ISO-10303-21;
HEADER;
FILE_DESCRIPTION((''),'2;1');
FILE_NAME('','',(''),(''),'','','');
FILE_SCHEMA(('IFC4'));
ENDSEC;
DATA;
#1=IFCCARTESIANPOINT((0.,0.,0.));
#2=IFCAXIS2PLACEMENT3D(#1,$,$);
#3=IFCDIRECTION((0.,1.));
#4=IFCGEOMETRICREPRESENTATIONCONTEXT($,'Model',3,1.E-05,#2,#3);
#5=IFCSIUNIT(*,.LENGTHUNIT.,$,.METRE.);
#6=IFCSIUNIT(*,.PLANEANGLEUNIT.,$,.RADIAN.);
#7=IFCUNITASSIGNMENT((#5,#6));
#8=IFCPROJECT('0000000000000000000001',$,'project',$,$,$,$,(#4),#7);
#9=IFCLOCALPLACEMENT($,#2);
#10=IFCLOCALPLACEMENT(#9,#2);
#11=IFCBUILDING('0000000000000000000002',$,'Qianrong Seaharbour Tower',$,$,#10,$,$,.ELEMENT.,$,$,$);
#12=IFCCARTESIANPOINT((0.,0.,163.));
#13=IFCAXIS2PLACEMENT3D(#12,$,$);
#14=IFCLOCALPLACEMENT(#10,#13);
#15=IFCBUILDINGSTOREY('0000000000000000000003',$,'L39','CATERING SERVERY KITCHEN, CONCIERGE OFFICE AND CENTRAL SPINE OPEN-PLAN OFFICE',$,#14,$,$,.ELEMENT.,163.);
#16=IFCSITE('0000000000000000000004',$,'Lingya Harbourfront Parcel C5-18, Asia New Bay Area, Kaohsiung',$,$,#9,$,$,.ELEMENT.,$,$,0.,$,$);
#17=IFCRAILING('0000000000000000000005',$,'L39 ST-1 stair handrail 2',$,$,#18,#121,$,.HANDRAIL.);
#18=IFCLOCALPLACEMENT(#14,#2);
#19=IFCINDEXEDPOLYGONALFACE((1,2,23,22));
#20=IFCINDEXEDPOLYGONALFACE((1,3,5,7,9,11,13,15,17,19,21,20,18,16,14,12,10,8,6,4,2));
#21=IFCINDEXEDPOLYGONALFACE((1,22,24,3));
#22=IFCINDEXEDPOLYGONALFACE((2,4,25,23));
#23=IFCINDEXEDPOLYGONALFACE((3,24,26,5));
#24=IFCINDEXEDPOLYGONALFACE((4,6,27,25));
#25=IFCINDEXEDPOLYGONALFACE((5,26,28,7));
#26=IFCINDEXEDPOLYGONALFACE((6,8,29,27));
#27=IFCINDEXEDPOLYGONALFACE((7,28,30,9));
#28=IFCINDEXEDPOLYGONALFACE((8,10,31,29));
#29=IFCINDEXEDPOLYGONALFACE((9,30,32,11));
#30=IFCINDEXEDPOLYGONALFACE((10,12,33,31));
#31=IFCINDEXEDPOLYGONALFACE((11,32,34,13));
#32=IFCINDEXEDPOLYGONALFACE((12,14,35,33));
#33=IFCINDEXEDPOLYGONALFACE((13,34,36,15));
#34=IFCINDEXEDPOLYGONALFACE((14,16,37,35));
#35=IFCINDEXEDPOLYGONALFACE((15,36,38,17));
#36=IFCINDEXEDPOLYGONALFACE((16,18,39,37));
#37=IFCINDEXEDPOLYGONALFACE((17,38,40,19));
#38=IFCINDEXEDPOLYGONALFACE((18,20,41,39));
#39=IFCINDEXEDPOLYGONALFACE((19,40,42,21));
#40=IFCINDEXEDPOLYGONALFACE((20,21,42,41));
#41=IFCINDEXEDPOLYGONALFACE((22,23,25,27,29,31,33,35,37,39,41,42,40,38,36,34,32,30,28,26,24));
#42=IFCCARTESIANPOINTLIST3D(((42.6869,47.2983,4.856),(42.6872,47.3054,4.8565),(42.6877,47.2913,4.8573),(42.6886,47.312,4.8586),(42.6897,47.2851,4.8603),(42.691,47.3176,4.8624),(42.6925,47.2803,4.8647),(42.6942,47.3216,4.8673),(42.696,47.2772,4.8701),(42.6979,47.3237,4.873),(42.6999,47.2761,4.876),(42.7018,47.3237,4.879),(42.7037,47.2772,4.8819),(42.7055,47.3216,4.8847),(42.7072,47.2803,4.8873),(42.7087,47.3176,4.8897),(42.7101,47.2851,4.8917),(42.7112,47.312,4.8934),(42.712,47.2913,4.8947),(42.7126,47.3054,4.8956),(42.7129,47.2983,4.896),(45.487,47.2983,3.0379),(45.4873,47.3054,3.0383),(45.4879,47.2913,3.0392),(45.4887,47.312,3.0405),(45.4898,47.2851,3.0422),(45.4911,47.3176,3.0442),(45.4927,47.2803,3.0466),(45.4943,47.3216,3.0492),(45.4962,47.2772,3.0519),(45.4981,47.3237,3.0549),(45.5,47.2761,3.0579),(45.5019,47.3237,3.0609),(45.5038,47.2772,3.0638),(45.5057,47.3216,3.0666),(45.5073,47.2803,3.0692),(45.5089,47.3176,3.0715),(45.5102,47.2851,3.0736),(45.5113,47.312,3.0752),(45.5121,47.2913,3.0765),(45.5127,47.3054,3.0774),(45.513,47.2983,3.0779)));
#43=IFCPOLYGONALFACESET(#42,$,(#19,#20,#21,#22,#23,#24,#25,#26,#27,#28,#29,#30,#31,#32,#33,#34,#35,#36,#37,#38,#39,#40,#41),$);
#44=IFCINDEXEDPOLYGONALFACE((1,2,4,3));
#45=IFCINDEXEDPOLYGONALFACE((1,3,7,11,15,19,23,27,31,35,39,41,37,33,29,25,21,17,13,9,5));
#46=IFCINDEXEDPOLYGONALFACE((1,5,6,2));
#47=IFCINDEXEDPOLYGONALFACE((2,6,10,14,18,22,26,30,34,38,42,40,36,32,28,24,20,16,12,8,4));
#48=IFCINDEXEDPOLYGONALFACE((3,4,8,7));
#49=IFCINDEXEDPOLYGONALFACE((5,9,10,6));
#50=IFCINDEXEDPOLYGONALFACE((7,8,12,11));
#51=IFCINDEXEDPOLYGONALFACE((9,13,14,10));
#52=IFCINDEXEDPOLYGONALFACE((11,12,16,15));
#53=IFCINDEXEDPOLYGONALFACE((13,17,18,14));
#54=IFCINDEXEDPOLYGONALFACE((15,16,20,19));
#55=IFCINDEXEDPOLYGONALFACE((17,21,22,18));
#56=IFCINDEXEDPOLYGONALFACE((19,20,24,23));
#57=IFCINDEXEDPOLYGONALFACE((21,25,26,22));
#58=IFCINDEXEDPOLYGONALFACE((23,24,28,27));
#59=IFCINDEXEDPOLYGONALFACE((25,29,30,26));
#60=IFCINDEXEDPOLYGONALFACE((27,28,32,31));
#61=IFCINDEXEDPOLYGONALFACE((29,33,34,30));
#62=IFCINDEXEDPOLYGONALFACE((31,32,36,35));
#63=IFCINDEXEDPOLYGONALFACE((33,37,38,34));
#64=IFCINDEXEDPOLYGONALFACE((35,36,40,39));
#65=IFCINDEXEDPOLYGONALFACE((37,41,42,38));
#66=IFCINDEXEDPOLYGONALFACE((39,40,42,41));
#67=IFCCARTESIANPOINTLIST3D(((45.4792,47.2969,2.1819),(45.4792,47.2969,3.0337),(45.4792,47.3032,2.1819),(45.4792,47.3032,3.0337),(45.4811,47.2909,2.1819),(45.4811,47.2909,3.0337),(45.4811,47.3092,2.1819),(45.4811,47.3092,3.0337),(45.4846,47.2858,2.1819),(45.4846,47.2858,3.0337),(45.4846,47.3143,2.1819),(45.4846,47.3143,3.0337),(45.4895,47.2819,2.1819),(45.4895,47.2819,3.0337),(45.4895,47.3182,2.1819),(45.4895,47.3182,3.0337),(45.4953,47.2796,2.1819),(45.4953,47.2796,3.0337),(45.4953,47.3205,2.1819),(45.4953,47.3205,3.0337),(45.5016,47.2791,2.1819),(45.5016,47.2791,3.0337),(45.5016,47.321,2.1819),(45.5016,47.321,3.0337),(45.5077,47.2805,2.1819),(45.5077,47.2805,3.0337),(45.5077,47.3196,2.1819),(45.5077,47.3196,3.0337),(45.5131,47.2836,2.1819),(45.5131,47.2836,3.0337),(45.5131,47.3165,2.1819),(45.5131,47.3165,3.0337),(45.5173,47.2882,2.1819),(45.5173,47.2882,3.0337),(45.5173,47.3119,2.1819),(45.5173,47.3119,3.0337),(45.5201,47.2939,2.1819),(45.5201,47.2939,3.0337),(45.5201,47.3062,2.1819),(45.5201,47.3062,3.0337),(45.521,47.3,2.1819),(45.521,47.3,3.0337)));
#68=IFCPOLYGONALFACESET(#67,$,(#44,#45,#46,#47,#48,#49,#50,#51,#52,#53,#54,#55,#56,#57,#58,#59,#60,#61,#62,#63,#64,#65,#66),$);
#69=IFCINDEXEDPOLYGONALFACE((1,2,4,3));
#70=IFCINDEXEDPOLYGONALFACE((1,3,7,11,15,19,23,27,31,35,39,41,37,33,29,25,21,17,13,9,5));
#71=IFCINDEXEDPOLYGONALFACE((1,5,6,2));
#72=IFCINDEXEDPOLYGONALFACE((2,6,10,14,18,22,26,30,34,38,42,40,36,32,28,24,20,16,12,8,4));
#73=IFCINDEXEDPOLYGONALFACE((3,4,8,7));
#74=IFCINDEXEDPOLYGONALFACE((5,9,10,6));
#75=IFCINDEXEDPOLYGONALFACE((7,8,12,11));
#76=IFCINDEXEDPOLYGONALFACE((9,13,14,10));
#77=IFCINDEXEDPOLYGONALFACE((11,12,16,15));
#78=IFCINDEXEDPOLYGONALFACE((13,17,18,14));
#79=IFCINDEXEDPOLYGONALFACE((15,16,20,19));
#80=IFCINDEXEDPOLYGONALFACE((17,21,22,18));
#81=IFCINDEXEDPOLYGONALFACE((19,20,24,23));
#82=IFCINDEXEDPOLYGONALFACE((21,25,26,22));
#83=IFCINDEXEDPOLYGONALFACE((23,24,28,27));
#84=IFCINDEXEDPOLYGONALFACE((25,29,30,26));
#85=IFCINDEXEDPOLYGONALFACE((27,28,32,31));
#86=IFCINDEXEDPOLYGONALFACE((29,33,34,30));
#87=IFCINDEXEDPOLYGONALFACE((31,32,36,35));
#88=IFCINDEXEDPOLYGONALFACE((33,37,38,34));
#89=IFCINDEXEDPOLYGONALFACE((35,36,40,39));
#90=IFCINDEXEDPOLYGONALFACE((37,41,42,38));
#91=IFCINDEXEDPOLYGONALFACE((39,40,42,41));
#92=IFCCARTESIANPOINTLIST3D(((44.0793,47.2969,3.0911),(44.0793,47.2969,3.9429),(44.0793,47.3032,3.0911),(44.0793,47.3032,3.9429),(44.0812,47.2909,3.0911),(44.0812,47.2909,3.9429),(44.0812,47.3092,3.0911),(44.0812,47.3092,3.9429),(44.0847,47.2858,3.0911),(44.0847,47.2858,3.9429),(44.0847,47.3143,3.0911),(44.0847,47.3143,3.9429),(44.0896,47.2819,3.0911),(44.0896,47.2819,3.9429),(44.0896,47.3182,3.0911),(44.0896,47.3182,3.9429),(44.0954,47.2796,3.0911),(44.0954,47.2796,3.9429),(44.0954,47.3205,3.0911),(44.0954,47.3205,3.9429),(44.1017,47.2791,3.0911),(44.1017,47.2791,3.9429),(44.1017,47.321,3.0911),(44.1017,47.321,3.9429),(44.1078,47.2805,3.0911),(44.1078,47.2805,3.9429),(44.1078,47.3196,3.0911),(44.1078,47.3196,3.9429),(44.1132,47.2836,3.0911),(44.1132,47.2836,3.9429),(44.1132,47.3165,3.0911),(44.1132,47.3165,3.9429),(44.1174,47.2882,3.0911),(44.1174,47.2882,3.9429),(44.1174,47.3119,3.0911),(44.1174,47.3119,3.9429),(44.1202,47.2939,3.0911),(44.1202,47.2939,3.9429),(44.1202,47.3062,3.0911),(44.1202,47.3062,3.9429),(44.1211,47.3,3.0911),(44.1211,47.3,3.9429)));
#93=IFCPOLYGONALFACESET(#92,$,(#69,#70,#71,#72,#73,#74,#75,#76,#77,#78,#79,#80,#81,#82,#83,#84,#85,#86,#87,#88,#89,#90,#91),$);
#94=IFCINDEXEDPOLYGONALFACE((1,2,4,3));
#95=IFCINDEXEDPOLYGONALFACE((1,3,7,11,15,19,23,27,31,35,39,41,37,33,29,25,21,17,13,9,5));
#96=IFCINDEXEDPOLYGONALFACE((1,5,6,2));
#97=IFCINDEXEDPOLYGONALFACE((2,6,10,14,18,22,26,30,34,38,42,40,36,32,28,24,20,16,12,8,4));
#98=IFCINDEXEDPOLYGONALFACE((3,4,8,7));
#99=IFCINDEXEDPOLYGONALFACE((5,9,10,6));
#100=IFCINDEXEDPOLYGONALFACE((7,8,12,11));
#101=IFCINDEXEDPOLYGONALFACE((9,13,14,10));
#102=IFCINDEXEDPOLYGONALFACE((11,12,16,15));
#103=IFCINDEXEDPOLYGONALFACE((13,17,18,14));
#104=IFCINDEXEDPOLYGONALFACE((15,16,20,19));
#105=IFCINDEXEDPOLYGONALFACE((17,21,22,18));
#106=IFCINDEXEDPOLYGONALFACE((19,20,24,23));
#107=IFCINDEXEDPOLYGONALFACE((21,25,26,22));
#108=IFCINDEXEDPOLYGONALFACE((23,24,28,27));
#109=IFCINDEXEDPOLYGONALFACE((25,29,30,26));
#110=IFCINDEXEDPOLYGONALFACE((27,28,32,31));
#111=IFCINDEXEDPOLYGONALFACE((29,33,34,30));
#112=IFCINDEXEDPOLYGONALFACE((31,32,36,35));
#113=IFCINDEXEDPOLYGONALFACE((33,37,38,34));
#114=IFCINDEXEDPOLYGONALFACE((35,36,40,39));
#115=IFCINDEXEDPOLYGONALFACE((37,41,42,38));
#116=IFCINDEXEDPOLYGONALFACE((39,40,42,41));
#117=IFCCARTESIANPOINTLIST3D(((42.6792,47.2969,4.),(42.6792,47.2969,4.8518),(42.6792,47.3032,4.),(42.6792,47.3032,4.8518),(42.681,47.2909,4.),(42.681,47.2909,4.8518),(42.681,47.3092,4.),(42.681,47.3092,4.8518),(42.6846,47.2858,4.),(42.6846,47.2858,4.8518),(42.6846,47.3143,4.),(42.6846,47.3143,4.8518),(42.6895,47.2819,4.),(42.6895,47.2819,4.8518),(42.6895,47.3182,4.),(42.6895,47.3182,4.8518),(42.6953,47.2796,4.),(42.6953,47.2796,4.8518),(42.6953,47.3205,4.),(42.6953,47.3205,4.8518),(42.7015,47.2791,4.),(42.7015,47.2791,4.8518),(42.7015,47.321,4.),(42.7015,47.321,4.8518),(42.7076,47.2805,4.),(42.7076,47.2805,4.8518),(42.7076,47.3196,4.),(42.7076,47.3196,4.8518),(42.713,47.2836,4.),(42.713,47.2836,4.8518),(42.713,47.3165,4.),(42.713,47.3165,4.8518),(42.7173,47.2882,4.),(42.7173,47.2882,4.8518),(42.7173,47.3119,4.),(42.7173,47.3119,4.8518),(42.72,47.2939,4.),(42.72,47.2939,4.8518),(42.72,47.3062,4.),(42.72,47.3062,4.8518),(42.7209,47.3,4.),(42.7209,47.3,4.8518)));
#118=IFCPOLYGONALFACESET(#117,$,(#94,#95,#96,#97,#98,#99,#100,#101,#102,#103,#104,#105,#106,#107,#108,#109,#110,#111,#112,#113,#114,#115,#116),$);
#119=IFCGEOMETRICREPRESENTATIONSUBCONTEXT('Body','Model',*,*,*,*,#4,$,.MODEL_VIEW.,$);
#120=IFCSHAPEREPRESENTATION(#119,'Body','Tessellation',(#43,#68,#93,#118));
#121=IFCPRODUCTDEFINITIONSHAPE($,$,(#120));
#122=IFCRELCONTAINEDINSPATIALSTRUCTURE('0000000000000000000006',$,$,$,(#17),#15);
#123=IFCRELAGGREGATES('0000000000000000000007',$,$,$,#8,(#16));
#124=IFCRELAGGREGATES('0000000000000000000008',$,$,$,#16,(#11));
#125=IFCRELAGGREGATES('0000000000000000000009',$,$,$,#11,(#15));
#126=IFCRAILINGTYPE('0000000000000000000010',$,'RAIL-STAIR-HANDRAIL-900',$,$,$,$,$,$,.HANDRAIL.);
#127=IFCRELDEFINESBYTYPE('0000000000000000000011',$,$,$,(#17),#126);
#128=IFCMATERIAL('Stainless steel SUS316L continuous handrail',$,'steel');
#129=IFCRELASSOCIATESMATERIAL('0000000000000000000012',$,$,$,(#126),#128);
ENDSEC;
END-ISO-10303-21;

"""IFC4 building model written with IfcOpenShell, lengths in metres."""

from ifc_helpers import new_model, si_unit, direction, frame, origin, origin_2d, place, context, subcontext, project, spatial, circle, extrude, material, type_object, element, save


model = new_model("IFC4")

# Units and contexts
model_context = context("Model", 3, precision=1e-05, world=origin(), true_north=direction((0.0, 1.0)))
body_context = subcontext(model_context, "Body", "Model", "MODEL_VIEW")
ifc_project = project(units=[si_unit("LENGTHUNIT", "METRE"), si_unit("PLANEANGLEUNIT", "RADIAN")], contexts=[model_context])

# Site, building, storey
site_placement = place(None, origin())
site = spatial("IfcSite", under=ifc_project, at=site_placement, Name="Lingya Harbourfront Parcel C5-18, Asia New Bay Area, Kaohsiung", CompositionType="ELEMENT", RefElevation=0.0)
building_placement = place(site_placement, origin())
building = spatial("IfcBuilding", under=site, at=building_placement, Name="Qianrong Seaharbour Tower", CompositionType="ELEMENT")
storey_placement = place(building_placement, frame((0.0, 0.0, 163.0)))
storey = spatial("IfcBuildingStorey", under=building, at=storey_placement, Name="L39", Description="CATERING SERVERY KITCHEN, CONCIERGE OFFICE AND CENTRAL SPINE OPEN-PLAN OFFICE", CompositionType="ELEMENT", Elevation=163.0)

# Railing
ifc_material_1 = material(Name="Stainless steel SUS316L continuous handrail", Category="steel")
railing_type_1 = type_object("IfcRailingType", Name="RAIL-STAIR-HANDRAIL-900", PredefinedType="HANDRAIL", material=ifc_material_1)
railing_1_placement = place(storey_placement, frame((45.5, 47.3, 2.1819)))
element("IfcRailing", 1, at=railing_1_placement, inside=storey, type_object=railing_type_1, Name="L39 ST-1 stair handrail 2", PredefinedType="HANDRAIL", context=body_context, shape_type="SweptSolid", body=[
    extrude(circle(Radius=0.0239, at=origin_2d()), frame((0.0, 0.0, 0.876), z_axis=(-0.838706, 0.0, 0.544585), x_axis=(0.0, -1.0, 0.0)), (0.0, 0.0, 1.0), 3.3386),
    extrude(circle(Radius=0.021, at=origin_2d()), origin(), (0.0, 0.0, 1.0), 0.8518),
    extrude(circle(Radius=0.021, at=origin_2d()), frame((-1.3999, 0.0, 0.9092)), (0.0, 0.0, 1.0), 0.8518),
    extrude(circle(Radius=0.021, at=origin_2d()), frame((-2.8, 0.0, 1.8181)), (0.0, 0.0, 1.0), 0.8518),
])

save(model, "model.ifc")
